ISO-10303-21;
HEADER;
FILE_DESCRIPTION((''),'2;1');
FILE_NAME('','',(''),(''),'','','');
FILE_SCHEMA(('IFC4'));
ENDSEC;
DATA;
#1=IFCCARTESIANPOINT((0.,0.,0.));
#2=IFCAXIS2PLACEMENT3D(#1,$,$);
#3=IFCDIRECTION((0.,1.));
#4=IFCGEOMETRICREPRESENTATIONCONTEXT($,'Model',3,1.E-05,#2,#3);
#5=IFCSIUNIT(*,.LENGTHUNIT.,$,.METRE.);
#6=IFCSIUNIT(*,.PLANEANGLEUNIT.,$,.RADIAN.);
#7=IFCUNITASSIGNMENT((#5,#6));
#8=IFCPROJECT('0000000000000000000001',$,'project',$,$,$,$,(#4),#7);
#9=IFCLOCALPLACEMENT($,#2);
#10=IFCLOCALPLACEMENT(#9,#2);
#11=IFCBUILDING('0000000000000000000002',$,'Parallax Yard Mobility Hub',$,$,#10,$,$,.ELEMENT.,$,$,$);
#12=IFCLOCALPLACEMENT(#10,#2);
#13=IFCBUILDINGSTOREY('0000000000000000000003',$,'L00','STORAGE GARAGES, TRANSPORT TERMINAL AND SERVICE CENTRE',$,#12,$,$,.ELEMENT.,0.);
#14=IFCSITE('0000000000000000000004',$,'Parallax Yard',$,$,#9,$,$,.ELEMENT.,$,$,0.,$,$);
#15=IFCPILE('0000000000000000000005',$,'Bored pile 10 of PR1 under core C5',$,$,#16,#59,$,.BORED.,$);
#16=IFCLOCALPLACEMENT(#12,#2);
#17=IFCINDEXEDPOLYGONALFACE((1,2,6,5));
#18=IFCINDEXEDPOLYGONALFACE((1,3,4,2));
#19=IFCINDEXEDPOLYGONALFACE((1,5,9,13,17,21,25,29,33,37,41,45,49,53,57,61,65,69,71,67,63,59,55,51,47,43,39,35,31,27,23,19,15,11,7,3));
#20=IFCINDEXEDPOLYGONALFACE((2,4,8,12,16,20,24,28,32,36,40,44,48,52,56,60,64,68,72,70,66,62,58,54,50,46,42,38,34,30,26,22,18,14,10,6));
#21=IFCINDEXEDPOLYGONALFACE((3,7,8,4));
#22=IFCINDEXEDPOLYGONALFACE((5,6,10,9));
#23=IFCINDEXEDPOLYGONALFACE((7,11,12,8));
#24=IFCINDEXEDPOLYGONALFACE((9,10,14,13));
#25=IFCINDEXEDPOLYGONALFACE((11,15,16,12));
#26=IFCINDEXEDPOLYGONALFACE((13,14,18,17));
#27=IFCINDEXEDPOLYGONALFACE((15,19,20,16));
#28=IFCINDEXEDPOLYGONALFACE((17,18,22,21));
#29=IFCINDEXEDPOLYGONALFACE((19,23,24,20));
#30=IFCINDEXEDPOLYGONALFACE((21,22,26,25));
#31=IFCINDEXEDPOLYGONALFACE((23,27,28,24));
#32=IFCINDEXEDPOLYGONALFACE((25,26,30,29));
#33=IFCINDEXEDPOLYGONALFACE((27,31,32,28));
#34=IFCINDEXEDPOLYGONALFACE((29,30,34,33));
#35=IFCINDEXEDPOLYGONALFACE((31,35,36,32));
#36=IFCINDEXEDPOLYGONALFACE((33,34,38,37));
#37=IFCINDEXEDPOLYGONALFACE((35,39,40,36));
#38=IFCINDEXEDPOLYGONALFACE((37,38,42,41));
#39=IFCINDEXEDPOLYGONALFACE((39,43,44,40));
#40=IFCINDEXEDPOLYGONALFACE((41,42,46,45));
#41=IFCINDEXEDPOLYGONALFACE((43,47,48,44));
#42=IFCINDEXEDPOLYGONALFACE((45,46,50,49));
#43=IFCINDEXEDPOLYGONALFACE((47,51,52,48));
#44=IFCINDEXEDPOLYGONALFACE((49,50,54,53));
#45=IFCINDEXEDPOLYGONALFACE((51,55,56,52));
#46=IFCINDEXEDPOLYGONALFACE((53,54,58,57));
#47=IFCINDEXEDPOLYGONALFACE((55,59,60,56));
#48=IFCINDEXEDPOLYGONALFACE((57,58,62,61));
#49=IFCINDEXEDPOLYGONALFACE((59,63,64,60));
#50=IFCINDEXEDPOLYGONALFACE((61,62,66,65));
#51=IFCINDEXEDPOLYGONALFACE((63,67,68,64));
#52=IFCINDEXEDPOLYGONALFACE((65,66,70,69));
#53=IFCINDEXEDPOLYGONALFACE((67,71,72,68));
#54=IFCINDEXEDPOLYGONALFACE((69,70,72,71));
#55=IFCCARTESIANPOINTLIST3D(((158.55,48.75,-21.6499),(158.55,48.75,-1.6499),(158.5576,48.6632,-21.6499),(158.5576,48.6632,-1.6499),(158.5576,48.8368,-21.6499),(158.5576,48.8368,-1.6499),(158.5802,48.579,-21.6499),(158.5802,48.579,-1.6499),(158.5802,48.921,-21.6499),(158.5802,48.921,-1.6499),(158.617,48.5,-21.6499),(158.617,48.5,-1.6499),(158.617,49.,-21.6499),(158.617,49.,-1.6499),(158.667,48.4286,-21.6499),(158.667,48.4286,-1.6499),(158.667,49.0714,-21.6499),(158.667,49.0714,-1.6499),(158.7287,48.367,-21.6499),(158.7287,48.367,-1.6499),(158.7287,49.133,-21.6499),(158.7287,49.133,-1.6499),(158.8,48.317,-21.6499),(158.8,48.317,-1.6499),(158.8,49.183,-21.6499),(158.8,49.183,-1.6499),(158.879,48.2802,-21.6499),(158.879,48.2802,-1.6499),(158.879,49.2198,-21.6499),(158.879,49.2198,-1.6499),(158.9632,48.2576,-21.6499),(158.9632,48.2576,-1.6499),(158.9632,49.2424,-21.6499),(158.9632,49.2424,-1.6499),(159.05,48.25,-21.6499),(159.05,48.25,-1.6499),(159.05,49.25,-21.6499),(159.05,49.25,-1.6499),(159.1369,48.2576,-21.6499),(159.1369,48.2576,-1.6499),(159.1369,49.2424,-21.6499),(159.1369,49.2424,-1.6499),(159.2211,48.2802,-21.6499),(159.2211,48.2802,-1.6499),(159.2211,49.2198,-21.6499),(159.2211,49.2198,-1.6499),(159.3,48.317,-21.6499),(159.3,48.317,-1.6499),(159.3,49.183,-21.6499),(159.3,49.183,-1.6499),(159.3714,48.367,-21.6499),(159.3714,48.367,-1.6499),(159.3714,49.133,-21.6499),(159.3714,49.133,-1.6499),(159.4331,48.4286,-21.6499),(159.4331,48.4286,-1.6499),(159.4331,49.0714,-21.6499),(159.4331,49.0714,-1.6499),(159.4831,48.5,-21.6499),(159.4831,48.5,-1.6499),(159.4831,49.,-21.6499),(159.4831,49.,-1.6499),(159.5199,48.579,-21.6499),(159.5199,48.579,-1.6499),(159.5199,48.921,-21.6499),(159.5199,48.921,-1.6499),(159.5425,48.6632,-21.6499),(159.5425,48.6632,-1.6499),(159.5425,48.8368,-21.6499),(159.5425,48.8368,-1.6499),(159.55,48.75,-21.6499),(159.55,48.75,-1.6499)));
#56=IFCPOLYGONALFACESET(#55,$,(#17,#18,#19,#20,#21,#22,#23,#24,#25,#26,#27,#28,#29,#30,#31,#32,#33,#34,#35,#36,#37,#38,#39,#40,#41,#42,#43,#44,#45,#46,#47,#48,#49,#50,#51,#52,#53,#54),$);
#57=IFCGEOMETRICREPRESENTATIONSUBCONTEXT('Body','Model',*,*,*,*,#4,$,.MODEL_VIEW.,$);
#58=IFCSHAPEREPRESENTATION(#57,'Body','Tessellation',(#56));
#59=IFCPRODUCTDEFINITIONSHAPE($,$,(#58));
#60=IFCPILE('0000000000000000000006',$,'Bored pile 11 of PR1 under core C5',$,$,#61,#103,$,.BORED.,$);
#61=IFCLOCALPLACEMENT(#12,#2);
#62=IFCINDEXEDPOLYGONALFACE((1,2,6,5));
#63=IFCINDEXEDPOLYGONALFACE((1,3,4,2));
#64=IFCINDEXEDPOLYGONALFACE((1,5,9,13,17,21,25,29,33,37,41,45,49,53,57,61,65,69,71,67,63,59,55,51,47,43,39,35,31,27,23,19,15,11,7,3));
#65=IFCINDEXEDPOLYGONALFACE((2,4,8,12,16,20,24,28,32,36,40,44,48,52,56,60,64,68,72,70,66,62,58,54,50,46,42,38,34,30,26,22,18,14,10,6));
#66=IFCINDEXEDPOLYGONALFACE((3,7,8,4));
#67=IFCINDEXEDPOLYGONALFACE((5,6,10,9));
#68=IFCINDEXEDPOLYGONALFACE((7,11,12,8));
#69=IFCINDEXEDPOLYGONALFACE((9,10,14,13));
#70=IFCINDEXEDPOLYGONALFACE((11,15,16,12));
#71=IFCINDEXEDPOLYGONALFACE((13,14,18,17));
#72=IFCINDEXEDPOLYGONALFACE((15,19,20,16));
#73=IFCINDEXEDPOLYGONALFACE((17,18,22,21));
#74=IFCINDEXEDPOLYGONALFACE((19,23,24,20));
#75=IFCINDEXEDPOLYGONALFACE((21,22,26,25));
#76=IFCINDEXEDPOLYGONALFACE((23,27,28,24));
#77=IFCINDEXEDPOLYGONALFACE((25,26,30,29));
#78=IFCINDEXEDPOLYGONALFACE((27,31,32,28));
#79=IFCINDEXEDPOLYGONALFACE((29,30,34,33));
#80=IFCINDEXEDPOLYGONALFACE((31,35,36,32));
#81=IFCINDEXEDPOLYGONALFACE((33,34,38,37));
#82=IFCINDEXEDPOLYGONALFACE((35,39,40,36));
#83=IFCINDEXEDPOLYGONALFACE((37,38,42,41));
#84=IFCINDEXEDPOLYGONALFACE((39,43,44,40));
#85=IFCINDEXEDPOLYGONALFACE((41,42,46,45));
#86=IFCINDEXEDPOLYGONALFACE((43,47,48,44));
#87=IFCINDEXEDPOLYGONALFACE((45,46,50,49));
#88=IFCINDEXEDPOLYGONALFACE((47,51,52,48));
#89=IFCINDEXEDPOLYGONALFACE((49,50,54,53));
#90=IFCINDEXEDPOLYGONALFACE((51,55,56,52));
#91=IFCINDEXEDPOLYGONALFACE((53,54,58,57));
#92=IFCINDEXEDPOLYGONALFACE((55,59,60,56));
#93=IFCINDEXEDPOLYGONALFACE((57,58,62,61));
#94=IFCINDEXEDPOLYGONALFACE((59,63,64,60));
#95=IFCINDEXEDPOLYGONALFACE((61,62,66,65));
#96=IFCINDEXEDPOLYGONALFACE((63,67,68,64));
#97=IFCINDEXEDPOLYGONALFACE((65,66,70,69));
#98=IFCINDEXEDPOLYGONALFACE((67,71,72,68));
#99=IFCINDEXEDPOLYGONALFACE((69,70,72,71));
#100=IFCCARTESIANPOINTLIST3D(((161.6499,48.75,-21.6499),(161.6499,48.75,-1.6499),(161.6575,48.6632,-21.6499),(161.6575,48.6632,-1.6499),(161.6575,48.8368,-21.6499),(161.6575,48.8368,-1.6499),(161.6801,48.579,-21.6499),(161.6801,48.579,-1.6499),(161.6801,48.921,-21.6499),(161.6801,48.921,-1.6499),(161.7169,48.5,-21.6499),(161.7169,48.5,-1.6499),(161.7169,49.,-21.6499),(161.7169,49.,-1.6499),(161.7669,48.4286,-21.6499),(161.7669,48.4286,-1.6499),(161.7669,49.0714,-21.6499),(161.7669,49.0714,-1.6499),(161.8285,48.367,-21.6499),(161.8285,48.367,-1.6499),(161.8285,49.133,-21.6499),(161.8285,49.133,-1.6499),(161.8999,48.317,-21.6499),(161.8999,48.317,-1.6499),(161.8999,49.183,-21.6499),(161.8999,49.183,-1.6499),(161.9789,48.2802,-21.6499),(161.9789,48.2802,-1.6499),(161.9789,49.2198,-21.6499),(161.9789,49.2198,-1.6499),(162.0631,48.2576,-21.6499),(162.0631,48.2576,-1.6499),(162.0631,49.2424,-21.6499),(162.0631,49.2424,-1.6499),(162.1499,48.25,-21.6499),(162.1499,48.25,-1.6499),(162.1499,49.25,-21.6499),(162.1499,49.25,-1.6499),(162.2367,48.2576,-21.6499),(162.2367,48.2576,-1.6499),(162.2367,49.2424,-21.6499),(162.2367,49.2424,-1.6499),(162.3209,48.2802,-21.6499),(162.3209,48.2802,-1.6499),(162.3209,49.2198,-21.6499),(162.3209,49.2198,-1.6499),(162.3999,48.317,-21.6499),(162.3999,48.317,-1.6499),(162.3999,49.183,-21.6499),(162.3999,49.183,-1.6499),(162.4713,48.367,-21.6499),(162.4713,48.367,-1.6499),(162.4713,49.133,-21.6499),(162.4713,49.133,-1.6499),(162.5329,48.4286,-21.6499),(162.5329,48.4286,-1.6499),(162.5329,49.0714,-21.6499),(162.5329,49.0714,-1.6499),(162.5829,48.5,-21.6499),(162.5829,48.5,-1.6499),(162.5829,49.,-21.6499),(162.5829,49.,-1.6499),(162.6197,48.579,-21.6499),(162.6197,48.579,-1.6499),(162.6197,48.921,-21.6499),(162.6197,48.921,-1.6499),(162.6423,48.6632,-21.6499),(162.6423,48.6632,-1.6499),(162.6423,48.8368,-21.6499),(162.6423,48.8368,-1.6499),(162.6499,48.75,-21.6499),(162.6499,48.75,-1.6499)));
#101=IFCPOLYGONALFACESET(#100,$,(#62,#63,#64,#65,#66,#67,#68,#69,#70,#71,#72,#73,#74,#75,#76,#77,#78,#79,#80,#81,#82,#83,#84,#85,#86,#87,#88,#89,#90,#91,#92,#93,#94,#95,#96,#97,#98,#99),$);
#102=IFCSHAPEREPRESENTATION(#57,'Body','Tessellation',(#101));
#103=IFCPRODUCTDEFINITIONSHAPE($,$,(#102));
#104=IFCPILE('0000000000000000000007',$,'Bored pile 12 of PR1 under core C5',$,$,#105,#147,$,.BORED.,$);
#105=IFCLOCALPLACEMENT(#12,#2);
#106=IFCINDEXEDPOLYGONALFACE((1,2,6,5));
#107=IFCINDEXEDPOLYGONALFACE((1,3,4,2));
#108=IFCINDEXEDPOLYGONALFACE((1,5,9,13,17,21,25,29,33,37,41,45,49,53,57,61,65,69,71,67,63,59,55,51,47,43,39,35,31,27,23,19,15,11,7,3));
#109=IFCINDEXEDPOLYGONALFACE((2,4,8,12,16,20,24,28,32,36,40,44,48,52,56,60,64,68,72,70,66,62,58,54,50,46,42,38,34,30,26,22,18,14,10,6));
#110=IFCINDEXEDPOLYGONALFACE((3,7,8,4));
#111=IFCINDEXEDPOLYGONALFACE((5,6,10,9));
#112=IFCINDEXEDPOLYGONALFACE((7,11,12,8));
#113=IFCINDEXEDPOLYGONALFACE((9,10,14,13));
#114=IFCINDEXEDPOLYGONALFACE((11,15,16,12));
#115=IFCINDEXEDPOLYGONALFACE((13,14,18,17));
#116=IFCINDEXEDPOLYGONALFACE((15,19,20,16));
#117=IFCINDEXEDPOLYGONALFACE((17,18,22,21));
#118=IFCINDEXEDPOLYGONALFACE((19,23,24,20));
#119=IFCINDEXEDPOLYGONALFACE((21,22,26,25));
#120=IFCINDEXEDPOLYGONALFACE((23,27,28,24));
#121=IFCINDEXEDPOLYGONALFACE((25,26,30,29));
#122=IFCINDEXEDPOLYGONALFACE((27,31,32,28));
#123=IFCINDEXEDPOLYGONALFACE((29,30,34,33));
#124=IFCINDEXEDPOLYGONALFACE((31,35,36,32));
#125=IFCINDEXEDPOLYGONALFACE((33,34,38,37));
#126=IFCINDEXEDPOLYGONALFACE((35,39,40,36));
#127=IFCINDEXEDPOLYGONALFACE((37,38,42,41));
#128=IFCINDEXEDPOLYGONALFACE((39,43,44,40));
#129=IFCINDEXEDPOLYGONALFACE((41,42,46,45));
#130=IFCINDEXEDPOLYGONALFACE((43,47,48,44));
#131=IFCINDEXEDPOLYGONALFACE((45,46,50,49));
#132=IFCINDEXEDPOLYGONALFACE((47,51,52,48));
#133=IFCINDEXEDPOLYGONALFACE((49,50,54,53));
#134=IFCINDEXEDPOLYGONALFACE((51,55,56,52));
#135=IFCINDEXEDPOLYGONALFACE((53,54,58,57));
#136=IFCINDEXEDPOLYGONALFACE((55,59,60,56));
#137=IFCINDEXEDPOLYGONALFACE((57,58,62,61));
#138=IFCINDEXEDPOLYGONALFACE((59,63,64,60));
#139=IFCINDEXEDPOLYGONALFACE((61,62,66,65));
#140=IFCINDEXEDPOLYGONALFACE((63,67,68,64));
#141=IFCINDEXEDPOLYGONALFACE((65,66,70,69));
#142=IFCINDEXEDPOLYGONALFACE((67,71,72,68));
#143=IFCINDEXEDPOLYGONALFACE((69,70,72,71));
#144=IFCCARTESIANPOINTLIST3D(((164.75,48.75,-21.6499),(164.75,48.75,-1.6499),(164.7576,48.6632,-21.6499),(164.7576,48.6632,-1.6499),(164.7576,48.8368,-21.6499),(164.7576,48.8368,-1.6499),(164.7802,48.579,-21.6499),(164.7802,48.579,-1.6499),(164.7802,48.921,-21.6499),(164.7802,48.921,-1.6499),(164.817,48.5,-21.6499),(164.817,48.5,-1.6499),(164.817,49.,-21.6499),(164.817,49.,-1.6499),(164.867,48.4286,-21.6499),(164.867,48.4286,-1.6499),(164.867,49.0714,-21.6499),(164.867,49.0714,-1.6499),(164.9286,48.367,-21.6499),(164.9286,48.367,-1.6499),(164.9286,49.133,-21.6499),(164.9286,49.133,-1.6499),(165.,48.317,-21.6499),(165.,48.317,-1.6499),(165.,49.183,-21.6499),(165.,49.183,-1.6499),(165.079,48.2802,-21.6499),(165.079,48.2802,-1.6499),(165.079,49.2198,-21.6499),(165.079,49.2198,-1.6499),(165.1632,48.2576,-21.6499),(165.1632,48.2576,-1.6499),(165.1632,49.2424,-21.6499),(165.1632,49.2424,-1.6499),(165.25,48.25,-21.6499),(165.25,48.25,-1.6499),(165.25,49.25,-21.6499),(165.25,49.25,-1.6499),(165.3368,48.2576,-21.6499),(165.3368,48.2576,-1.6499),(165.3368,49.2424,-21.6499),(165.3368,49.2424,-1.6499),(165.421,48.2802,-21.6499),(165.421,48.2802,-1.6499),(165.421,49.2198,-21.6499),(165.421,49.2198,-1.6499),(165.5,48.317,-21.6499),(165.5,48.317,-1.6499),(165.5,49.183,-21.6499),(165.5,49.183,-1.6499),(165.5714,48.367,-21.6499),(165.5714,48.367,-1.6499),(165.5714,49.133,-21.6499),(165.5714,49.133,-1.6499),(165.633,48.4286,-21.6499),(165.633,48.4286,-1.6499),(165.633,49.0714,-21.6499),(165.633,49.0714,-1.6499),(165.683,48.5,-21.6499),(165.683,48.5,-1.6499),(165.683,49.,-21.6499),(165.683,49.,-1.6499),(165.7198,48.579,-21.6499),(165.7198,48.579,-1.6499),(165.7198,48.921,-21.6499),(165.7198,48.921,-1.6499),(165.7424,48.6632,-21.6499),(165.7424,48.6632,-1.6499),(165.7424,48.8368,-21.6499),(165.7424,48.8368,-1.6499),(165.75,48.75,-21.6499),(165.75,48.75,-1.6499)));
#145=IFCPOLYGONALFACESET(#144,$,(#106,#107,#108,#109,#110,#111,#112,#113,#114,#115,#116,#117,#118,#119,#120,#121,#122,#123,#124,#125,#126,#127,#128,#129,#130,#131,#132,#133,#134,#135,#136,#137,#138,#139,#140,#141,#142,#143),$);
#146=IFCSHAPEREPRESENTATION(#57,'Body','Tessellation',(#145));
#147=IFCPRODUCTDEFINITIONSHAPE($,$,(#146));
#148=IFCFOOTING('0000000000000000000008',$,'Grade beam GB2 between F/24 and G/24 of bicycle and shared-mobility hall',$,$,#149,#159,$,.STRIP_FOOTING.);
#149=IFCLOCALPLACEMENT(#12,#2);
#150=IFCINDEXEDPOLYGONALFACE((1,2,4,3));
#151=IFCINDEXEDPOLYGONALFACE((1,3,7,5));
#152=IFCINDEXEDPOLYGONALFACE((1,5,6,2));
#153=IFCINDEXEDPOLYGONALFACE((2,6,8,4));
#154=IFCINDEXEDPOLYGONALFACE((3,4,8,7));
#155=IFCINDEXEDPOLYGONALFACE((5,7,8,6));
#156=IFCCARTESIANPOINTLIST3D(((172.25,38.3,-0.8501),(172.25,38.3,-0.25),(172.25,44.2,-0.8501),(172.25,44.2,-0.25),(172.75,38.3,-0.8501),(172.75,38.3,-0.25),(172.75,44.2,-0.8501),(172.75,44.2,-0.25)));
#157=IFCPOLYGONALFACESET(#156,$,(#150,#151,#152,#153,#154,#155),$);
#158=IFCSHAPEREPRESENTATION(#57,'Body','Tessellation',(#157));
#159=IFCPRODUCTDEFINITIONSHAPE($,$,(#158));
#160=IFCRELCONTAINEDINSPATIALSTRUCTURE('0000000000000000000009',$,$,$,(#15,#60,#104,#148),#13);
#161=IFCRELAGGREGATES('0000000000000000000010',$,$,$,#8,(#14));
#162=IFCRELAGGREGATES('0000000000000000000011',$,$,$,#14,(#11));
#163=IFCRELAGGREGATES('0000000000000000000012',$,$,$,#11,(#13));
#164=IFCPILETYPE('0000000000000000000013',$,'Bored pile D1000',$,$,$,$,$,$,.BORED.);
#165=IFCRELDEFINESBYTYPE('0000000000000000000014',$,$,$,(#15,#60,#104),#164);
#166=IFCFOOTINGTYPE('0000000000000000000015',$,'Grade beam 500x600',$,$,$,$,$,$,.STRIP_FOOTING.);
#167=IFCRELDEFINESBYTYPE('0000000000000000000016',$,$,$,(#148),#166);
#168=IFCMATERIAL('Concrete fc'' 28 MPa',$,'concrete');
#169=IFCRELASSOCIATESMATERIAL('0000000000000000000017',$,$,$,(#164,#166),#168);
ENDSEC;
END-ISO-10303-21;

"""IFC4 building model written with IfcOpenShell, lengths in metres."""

from ifc_helpers import new_model, si_unit, direction, frame, origin, origin_2d, place, context, subcontext, project, spatial, rectangle, circle, extrude, material, material_profile, profile_set, type_object, element, save


model = new_model("IFC4")

# Units and contexts
model_context = context("Model", 3, precision=1e-05, world=origin(), true_north=direction((0.0, 1.0)))
body_context = subcontext(model_context, "Body", "Model", "MODEL_VIEW")
ifc_project = project(units=[si_unit("LENGTHUNIT", "METRE"), si_unit("PLANEANGLEUNIT", "RADIAN")], contexts=[model_context])

# Site, building, storey
site_placement = place(None, origin())
site = spatial("IfcSite", under=ifc_project, at=site_placement, Name="Parallax Yard", CompositionType="ELEMENT", RefElevation=0.0)
building_placement = place(site_placement, origin())
building = spatial("IfcBuilding", under=site, at=building_placement, Name="Parallax Yard Mobility Hub", CompositionType="ELEMENT")
storey_placement = place(building_placement, origin())
storey = spatial("IfcBuildingStorey", under=building, at=storey_placement, Name="L00", Description="STORAGE GARAGES, TRANSPORT TERMINAL AND SERVICE CENTRE", CompositionType="ELEMENT", Elevation=0.0)

# Piles
ifc_material_1 = material(Name="Concrete fc' 28 MPa", Category="concrete")
ifc_material_profile_1 = material_profile(ifc_material_1, circle(Radius=0.5, at=origin_2d()), Name="Bored pile D1000")
ifc_profile_set_1 = profile_set([ifc_material_profile_1], Name="Concrete fc' 28 MPa")
pile_type = type_object("IfcPileType", Name="Bored pile D1000", PredefinedType="BORED", material=ifc_profile_set_1)
for number, where, z_axis, x_axis, name in (
    (1, (159.05, 48.75, -1.6499), (0.0, 0.0, -1.0), (1.0, 0.0, 0.0), "Bored pile 10 of PR1 under core C5"),
    (2, (162.1499, 48.75, -1.6499), (0.0, 0.0, -1.0), (1.0, 0.0, 0.0), "Bored pile 11 of PR1 under core C5"),
    (3, (165.25, 48.75, -1.6499), (0.0, 0.0, -1.0), (1.0, 0.0, 0.0), "Bored pile 12 of PR1 under core C5"),
):
    element("IfcPile", number, at=place(storey_placement, frame(where, z_axis=z_axis, x_axis=x_axis)), inside=storey, type_object=pile_type, Name=name, PredefinedType="BORED", context=body_context, shape_type="SweptSolid", body=[
        extrude(circle(Radius=0.5, at=origin_2d()), origin(), (0.0, 0.0, 1.0), 20.0),
    ])

# Footing
ifc_material_profile_2 = material_profile(ifc_material_1, rectangle(XDim=0.5, YDim=0.6001, at=origin_2d()), Name="Grade beam 500x600")
ifc_profile_set_2 = profile_set([ifc_material_profile_2], Name="Concrete fc' 28 MPa")
footing_type = type_object("IfcFootingType", Name="Grade beam 500x600", PredefinedType="STRIP_FOOTING", material=ifc_profile_set_2)
footing_placement = place(storey_placement, frame((172.5, 38.3, -0.55), z_axis=(0.0, 1.0, 0.0), x_axis=(-1.0, 0.0, 0.0)))
element("IfcFooting", 4, at=footing_placement, inside=storey, type_object=footing_type, Name="Grade beam GB2 between F/24 and G/24 of bicycle and shared-mobility hall", PredefinedType="STRIP_FOOTING", context=body_context, shape_type="SweptSolid", body=[
    extrude(rectangle(XDim=0.5, YDim=0.6001, at=origin_2d()), origin(), (0.0, 0.0, 1.0), 5.8999),
])

save(model, "model.ifc")
